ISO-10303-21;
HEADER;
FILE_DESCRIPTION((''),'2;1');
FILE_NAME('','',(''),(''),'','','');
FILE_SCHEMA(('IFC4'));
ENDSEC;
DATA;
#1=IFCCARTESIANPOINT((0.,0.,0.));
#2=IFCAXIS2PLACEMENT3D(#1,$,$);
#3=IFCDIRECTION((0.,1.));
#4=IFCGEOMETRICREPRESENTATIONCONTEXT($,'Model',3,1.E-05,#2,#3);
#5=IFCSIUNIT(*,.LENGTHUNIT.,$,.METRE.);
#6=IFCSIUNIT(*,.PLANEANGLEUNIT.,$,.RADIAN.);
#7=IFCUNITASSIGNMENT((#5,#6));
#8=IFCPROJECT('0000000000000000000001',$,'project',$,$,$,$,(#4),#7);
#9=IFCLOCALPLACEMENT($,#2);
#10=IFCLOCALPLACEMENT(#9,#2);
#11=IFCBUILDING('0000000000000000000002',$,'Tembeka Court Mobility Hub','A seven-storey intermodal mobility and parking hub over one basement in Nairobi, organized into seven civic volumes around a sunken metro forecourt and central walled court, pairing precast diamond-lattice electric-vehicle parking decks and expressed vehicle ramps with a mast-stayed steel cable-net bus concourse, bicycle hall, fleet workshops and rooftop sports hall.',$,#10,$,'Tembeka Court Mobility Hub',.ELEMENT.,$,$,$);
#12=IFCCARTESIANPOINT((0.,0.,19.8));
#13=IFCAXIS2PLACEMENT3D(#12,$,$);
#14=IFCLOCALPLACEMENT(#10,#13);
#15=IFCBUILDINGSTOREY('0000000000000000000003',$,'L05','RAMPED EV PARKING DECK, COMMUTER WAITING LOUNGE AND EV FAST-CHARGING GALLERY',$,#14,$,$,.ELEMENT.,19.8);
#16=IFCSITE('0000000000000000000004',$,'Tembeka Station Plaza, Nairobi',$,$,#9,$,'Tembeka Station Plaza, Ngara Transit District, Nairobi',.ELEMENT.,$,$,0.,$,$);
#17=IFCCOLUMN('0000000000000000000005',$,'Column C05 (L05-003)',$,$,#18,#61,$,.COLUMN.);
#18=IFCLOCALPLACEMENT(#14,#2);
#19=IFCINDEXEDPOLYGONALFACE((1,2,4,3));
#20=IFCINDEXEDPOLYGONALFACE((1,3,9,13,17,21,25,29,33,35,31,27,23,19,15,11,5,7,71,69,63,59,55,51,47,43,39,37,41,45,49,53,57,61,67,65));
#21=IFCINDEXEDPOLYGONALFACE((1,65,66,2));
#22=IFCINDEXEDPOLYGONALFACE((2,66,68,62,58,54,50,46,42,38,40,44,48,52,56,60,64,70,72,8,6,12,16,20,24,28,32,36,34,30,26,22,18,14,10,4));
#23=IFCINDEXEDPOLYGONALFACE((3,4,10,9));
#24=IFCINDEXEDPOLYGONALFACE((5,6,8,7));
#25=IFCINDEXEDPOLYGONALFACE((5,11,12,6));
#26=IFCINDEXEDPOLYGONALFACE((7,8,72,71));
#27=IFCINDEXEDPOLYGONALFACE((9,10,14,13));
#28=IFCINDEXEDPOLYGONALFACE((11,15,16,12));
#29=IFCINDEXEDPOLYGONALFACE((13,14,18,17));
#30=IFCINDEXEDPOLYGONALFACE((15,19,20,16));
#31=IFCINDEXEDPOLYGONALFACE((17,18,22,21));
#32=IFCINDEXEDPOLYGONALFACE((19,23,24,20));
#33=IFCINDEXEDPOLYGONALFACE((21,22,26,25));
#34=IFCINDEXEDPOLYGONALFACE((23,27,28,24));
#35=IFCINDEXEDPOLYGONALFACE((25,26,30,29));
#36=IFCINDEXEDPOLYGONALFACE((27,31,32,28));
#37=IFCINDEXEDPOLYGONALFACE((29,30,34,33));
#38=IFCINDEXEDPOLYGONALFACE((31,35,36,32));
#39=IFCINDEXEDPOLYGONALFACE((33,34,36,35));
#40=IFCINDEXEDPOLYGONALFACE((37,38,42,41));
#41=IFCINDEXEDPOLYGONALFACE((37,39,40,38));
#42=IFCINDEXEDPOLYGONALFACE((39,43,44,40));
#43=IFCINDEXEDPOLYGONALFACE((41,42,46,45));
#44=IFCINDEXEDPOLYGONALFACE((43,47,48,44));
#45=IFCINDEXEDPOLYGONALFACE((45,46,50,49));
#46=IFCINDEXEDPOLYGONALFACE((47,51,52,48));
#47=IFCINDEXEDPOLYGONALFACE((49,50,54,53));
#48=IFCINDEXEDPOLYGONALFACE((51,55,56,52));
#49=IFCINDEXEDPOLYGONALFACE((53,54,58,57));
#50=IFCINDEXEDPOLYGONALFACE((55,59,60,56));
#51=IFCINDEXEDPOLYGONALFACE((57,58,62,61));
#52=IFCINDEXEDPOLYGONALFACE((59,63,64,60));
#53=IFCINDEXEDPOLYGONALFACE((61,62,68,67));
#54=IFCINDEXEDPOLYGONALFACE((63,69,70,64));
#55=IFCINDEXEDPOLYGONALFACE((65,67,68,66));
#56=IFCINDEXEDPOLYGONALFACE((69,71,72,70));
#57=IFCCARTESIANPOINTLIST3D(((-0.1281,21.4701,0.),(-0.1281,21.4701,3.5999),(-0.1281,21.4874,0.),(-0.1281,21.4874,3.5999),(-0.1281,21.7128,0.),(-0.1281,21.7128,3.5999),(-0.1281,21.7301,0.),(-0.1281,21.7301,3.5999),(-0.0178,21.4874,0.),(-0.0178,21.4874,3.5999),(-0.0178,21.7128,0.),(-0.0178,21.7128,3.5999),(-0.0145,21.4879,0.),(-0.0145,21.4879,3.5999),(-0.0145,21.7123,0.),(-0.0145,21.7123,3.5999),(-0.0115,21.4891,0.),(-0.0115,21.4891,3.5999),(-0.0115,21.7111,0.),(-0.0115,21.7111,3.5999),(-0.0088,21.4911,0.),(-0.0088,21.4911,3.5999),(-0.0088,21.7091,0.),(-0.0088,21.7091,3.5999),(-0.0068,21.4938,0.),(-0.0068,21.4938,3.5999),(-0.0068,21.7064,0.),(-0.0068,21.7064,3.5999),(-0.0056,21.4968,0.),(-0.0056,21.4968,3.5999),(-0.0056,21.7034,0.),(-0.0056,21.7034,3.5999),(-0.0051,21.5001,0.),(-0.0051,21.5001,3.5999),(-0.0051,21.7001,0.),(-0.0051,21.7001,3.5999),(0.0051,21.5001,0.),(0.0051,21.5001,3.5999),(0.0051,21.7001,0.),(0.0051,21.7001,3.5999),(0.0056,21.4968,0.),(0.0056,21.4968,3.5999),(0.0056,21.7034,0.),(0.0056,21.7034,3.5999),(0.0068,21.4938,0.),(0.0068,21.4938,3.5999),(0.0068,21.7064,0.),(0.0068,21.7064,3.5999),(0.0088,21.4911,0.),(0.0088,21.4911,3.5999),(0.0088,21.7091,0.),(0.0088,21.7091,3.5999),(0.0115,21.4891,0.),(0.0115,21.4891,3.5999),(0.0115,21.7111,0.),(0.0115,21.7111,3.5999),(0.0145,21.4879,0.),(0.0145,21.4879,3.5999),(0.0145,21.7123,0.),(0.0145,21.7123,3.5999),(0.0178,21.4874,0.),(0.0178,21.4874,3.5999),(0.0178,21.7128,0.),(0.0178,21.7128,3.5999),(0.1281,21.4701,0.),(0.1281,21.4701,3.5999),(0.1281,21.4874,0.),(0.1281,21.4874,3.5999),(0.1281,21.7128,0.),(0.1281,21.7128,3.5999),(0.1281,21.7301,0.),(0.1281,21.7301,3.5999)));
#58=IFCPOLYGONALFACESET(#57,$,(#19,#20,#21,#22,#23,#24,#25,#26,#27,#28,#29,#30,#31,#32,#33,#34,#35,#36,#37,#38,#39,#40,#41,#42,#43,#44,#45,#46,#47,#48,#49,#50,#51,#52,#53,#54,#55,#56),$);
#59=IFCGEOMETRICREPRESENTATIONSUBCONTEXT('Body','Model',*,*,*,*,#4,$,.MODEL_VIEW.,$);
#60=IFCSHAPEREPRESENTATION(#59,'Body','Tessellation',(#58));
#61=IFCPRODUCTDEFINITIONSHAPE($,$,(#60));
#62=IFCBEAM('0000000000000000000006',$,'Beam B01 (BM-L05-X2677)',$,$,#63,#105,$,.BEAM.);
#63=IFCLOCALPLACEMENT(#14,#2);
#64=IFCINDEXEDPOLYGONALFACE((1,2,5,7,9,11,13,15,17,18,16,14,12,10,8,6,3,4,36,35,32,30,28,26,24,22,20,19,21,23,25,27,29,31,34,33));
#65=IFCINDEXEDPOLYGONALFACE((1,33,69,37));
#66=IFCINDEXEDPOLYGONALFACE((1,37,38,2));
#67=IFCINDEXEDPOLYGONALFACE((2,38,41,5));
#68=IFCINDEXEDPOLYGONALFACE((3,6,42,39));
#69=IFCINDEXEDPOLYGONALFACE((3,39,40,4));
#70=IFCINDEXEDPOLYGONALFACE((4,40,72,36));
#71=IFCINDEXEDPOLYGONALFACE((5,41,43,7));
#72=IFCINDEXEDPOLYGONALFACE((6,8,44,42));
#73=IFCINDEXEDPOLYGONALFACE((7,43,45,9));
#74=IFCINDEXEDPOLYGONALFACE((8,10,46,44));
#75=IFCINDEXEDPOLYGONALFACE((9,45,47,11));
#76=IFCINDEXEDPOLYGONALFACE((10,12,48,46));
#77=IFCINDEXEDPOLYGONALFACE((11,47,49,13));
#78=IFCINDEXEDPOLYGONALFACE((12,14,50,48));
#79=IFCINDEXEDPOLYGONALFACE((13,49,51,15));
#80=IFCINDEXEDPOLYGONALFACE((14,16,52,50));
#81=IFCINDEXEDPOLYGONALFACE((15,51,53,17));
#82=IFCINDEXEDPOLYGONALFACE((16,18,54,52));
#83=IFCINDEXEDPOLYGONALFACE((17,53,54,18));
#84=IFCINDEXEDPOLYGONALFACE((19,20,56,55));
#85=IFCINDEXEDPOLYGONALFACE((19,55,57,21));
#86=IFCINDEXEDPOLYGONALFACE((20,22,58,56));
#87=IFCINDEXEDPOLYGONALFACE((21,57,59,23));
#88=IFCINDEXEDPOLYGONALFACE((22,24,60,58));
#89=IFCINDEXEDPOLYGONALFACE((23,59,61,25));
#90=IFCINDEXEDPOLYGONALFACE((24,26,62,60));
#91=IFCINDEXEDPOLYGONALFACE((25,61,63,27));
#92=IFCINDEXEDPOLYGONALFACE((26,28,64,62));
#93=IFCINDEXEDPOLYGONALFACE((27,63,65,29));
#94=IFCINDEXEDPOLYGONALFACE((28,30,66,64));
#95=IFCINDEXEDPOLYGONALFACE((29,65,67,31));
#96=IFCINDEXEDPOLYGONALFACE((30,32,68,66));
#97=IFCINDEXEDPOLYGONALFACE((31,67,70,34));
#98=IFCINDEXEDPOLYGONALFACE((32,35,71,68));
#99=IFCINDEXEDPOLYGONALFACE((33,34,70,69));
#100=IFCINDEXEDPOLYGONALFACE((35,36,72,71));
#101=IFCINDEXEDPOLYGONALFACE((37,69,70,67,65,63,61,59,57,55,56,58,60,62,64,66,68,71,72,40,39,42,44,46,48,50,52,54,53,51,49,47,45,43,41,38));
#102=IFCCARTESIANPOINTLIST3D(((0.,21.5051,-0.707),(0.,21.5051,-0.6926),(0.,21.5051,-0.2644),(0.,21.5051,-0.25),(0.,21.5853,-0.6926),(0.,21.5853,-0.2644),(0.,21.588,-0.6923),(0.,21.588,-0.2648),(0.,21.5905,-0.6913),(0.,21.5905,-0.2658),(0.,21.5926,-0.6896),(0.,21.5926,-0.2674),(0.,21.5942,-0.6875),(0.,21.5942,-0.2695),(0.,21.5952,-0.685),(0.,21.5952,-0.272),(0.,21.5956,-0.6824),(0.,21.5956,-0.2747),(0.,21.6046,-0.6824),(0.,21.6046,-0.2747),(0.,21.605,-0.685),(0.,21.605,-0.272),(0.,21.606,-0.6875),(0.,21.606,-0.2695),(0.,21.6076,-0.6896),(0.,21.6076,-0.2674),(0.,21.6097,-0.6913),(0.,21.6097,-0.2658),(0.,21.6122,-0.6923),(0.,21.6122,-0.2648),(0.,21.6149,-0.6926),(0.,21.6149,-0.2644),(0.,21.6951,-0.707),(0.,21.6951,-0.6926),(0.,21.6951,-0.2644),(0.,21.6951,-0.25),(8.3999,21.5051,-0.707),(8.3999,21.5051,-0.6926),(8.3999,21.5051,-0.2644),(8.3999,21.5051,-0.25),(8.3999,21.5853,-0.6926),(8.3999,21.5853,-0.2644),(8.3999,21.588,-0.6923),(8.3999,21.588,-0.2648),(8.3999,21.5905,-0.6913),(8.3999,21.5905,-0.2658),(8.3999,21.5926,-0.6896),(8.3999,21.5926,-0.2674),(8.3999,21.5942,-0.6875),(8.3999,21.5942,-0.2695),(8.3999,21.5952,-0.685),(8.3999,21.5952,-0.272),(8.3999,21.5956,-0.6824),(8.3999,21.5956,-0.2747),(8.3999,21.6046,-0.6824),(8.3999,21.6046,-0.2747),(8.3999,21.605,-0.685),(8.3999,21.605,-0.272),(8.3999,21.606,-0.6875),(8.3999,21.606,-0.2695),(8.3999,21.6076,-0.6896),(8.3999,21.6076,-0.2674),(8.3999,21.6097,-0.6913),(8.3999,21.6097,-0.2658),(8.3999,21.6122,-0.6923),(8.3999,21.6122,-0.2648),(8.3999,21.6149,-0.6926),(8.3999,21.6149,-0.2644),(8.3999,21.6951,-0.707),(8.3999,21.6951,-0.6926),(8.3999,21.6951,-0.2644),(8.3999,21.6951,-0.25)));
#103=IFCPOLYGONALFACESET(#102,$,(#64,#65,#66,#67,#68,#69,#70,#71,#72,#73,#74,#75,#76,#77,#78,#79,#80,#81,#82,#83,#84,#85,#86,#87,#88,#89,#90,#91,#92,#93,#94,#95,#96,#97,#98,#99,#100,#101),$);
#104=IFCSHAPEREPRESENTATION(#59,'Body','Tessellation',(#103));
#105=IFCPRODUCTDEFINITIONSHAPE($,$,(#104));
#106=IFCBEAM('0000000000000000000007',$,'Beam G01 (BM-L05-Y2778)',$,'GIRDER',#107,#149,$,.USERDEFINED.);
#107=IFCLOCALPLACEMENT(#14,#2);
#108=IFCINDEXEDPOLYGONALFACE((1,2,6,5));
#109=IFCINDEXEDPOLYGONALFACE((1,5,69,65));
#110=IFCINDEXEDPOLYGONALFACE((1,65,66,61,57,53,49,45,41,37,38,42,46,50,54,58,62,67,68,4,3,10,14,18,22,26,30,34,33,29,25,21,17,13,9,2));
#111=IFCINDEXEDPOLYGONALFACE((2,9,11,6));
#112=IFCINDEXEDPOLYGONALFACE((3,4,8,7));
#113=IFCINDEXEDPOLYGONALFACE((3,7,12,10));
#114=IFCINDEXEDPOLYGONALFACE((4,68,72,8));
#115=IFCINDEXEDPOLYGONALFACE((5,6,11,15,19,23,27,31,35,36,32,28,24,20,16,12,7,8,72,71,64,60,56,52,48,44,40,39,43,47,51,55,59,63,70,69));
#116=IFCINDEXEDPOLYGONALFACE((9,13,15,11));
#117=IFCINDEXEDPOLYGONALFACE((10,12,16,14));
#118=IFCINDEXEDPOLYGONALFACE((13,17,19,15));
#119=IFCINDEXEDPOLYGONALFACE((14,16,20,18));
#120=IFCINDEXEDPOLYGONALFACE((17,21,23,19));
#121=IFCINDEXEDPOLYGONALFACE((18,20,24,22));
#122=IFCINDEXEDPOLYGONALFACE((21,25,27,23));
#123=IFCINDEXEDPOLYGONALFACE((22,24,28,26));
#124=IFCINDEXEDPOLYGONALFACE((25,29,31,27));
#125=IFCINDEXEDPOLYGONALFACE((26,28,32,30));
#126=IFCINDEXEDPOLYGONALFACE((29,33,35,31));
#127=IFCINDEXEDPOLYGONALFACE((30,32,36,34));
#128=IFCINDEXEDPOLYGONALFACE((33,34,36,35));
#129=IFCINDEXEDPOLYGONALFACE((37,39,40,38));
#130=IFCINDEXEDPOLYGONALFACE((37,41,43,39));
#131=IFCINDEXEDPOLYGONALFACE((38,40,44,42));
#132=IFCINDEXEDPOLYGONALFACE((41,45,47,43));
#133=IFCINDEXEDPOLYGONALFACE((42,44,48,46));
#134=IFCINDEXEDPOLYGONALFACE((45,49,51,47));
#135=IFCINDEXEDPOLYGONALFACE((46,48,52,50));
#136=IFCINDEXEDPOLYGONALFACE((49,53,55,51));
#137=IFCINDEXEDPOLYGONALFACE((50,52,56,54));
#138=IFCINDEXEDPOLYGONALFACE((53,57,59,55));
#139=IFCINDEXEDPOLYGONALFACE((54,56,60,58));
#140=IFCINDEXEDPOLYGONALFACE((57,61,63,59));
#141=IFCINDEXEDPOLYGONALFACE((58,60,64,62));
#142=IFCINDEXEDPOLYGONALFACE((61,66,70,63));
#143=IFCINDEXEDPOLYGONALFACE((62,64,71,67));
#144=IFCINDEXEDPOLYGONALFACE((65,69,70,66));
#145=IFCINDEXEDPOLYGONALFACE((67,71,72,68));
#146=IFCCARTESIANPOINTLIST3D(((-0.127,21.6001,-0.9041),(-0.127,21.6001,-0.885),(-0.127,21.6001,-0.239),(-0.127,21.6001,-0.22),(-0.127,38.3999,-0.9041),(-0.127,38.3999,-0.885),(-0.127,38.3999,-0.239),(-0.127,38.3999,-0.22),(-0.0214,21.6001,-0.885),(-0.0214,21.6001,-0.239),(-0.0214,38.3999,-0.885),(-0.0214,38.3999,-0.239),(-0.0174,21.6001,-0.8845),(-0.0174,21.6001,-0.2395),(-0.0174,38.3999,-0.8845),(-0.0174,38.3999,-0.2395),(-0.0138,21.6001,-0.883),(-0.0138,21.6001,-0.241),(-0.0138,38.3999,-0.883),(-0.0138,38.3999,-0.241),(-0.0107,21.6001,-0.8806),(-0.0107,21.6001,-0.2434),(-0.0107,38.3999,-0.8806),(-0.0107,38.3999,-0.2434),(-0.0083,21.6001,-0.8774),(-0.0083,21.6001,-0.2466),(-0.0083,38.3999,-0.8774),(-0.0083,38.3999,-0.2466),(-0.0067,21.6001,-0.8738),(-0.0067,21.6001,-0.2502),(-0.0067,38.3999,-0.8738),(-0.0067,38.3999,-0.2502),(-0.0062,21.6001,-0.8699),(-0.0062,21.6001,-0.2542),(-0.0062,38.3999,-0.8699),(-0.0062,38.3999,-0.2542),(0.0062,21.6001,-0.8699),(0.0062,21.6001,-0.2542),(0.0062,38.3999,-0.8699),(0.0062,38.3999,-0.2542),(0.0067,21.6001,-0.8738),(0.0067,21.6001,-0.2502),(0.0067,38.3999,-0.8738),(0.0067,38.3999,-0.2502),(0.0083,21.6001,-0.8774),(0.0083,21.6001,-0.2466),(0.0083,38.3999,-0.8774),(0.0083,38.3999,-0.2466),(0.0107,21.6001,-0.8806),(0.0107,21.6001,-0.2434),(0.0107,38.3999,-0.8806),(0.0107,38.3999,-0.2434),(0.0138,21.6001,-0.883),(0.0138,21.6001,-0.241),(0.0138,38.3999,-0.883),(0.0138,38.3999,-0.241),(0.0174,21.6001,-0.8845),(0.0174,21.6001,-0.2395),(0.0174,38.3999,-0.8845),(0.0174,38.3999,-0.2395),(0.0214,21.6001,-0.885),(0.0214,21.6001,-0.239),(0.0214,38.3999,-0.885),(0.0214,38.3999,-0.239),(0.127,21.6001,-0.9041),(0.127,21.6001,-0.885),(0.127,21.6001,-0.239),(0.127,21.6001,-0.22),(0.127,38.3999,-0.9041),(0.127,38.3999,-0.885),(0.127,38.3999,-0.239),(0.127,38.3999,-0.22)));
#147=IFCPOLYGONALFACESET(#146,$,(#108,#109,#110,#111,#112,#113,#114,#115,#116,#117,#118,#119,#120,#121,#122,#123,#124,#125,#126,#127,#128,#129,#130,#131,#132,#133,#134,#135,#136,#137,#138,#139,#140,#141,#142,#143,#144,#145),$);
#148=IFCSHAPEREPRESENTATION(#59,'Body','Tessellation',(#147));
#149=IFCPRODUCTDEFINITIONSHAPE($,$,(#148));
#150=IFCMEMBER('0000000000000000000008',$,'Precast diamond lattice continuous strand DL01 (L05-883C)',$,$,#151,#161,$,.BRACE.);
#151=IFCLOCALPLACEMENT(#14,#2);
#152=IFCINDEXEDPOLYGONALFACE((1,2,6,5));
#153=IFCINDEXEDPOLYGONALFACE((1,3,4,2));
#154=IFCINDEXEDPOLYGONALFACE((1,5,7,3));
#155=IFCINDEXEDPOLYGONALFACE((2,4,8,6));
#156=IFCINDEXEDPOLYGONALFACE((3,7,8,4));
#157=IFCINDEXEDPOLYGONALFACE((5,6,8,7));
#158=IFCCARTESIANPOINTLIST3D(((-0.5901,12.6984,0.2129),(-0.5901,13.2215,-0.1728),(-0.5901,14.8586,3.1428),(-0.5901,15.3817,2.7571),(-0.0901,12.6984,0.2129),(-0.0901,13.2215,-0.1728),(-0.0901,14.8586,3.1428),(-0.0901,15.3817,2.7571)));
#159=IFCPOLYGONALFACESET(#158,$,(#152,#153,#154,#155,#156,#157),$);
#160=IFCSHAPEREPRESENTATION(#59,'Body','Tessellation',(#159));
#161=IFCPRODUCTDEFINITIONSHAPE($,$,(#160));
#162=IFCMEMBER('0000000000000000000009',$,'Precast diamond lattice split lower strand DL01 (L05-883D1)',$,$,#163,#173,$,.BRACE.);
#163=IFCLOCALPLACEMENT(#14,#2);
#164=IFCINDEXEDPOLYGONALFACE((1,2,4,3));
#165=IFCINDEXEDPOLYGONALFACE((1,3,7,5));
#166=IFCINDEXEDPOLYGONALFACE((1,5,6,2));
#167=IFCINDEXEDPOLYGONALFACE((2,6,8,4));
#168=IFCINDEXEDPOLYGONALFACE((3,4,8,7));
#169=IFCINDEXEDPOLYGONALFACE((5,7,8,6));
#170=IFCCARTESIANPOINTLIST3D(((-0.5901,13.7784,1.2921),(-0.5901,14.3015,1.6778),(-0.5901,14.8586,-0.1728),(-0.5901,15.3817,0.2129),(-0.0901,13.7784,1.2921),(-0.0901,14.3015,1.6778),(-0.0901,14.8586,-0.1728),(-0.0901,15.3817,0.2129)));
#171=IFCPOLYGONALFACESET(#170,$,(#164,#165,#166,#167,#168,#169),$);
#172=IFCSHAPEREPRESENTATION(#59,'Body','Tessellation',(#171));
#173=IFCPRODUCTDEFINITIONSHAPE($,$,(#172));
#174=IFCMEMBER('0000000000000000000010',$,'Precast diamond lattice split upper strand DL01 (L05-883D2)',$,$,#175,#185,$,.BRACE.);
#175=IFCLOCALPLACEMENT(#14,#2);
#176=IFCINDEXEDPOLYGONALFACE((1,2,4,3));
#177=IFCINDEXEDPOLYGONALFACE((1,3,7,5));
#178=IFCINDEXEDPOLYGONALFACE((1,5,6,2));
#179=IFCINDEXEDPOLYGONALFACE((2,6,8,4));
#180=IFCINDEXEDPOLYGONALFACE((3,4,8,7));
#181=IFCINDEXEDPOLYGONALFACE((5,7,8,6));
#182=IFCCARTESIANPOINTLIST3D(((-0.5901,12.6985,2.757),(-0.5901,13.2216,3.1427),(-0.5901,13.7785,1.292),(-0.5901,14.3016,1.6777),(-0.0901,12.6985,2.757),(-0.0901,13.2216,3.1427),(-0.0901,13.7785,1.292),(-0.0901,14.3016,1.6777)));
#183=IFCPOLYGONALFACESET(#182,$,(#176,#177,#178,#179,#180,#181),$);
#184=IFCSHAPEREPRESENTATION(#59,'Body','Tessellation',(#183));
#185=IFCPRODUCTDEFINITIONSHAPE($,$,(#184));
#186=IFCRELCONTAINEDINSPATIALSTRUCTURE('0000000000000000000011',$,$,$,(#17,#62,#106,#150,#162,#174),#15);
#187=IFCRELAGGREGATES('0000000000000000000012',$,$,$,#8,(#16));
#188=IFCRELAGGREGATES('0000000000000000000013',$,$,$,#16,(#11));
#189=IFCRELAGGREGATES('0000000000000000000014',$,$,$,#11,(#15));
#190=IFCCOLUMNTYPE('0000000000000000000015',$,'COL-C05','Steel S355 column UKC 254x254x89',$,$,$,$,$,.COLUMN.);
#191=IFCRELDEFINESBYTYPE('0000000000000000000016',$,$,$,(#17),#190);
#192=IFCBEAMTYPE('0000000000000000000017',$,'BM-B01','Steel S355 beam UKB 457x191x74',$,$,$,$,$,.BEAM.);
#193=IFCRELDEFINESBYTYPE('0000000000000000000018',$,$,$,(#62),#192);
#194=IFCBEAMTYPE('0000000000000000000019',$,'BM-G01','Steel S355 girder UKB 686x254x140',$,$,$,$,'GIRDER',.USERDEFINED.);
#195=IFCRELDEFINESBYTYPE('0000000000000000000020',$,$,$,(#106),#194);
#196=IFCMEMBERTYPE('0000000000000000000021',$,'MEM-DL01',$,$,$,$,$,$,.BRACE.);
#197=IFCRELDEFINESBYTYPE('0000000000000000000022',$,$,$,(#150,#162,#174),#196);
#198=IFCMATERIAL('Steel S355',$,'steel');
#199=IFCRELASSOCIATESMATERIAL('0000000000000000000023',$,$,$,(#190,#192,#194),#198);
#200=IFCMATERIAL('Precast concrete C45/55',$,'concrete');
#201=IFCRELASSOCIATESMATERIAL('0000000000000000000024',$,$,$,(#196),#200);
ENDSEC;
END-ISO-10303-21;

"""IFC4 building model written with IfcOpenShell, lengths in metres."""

from ifc_helpers import new_model, si_unit, direction, frame, origin, origin_2d, place, context, subcontext, project, spatial, rectangle, i_section, extrude, material, material_profile, profile_set, type_object, element, save


model = new_model("IFC4")

# Units and contexts
model_context = context("Model", 3, precision=1e-05, world=origin(), true_north=direction((0.0, 1.0)))
body_context = subcontext(model_context, "Body", "Model", "MODEL_VIEW")
ifc_project = project(units=[si_unit("LENGTHUNIT", "METRE"), si_unit("PLANEANGLEUNIT", "RADIAN")], contexts=[model_context])

# Site, building, storey
site_placement = place(None, origin())
site = spatial("IfcSite", under=ifc_project, at=site_placement, Name="Tembeka Station Plaza, Nairobi", LongName="Tembeka Station Plaza, Ngara Transit District, Nairobi", CompositionType="ELEMENT", RefElevation=0.0)
building_placement = place(site_placement, origin())
building = spatial("IfcBuilding", under=site, at=building_placement, Name="Tembeka Court Mobility Hub", Description="A seven-storey intermodal mobility and parking hub over one basement in Nairobi, organized into seven civic volumes around a sunken metro forecourt and central walled court, pairing precast diamond-lattice electric-vehicle parking decks and expressed vehicle ramps with a mast-stayed steel cable-net bus concourse, bicycle hall, fleet workshops and rooftop sports hall.", LongName="Tembeka Court Mobility Hub", CompositionType="ELEMENT")
storey_placement = place(building_placement, frame((0.0, 0.0, 19.8)))
storey = spatial("IfcBuildingStorey", under=building, at=storey_placement, Name="L05", Description="RAMPED EV PARKING DECK, COMMUTER WAITING LOUNGE AND EV FAST-CHARGING GALLERY", CompositionType="ELEMENT", Elevation=19.8)

# Column
ifc_material_1 = material(Name="Steel S355", Category="steel")
ifc_material_profile_1 = material_profile(ifc_material_1, i_section(OverallWidth=0.2561, OverallDepth=0.26, WebThickness=0.0103, FlangeThickness=0.0173, FilletRadius=0.0127, at=origin_2d()), Name="UKC 254x254x89")
ifc_profile_set_1 = profile_set([ifc_material_profile_1], Name="Steel S355")
column_type = type_object("IfcColumnType", Name="COL-C05", Description="Steel S355 column UKC 254x254x89", PredefinedType="COLUMN", material=ifc_profile_set_1)
column_placement = place(storey_placement, frame((0.0, 21.6001, 0.0), z_axis=(0.0, 0.0, 1.0), x_axis=(1.0, 0.0, 0.0)))
element("IfcColumn", 1, at=column_placement, inside=storey, type_object=column_type, Name="Column C05 (L05-003)", PredefinedType="COLUMN", context=body_context, shape_type="SweptSolid", body=[
    extrude(i_section(OverallWidth=0.2561, OverallDepth=0.26, WebThickness=0.0103, FlangeThickness=0.0173, FilletRadius=0.0127, at=origin_2d()), origin(), (0.0, 0.0, 1.0), 3.5999),
])

# Beams
ifc_material_profile_2 = material_profile(ifc_material_1, i_section(OverallWidth=0.1899, OverallDepth=0.457, WebThickness=0.009, FlangeThickness=0.0144, FilletRadius=0.0103, at=origin_2d()), Name="UKB 457x191x74")
ifc_profile_set_2 = profile_set([ifc_material_profile_2], Name="Steel S355")
beam_type_1 = type_object("IfcBeamType", Name="BM-B01", Description="Steel S355 beam UKB 457x191x74", PredefinedType="BEAM", material=ifc_profile_set_2)
beam_1_placement = place(storey_placement, frame((0.0, 21.6001, -0.4785), z_axis=(1.0, 0.0, 0.0), x_axis=(0.0, 1.0, 0.0)))
element("IfcBeam", 2, at=beam_1_placement, inside=storey, type_object=beam_type_1, Name="Beam B01 (BM-L05-X2677)", PredefinedType="BEAM", context=body_context, shape_type="SweptSolid", body=[
    extrude(i_section(OverallWidth=0.1899, OverallDepth=0.457, WebThickness=0.009, FlangeThickness=0.0144, FilletRadius=0.0103, at=origin_2d()), origin(), (0.0, 0.0, 1.0), 8.3999),
])
ifc_material_profile_3 = material_profile(ifc_material_1, i_section(OverallWidth=0.2539, OverallDepth=0.6841, WebThickness=0.0125, FlangeThickness=0.019, FilletRadius=0.0151, at=origin_2d()), Name="UKB 686x254x140")
ifc_profile_set_3 = profile_set([ifc_material_profile_3], Name="Steel S355")
beam_type_2 = type_object("IfcBeamType", Name="BM-G01", Description="Steel S355 girder UKB 686x254x140", ElementType="GIRDER", PredefinedType="USERDEFINED", material=ifc_profile_set_3)
beam_2_placement = place(storey_placement, frame((0.0, 21.6001, -0.562), z_axis=(0.0, 1.0, 0.0), x_axis=(-1.0, 0.0, 0.0)))
element("IfcBeam", 3, at=beam_2_placement, inside=storey, type_object=beam_type_2, Name="Beam G01 (BM-L05-Y2778)", ObjectType="GIRDER", PredefinedType="USERDEFINED", context=body_context, shape_type="SweptSolid", body=[
    extrude(i_section(OverallWidth=0.2539, OverallDepth=0.6841, WebThickness=0.0125, FlangeThickness=0.019, FilletRadius=0.0151, at=origin_2d()), origin(), (0.0, 0.0, 1.0), 16.7998),
])

# Members
ifc_material_2 = material(Name="Precast concrete C45/55", Category="concrete")
ifc_material_profile_4 = material_profile(ifc_material_2, rectangle(XDim=0.5, YDim=0.6499, at=origin_2d()), Name="PC-DIAG 500x650")
ifc_profile_set_4 = profile_set([ifc_material_profile_4], Name="Precast concrete C45/55")
member_type_1 = type_object("IfcMemberType", Name="MEM-DL01", PredefinedType="BRACE", material=ifc_profile_set_4)
member_1_placement = place(storey_placement, frame((-0.3401, 12.96, 0.02), z_axis=(0.0, 0.593423, 0.804891), x_axis=(-1.0, 0.0, 0.0)))
element("IfcMember", 4, at=member_1_placement, inside=storey, type_object=member_type_1, Name="Precast diamond lattice continuous strand DL01 (L05-883C)", PredefinedType="BRACE", context=body_context, shape_type="SweptSolid", body=[
    extrude(rectangle(XDim=0.5, YDim=0.6499, at=origin_2d()), origin(), (0.0, 0.0, 1.0), 3.6401),
])
for number, where, z_axis, x_axis, name in (
    (5, (-0.3401, 15.1201, 0.02), (0.0, -0.593455, 0.804867), (1.0, 0.0, 0.0), "Precast diamond lattice split lower strand DL01 (L05-883D1)"),
    (6, (-0.3401, 14.04, 1.4849), (0.0, -0.593391, 0.804914), (1.0, 0.0, 0.0), "Precast diamond lattice split upper strand DL01 (L05-883D2)"),
):
    element("IfcMember", number, at=place(storey_placement, frame(where, z_axis=z_axis, x_axis=x_axis)), inside=storey, type_object=member_type_1, Name=name, PredefinedType="BRACE", context=body_context, shape_type="SweptSolid", body=[
        extrude(rectangle(XDim=0.5, YDim=0.6499, at=origin_2d()), origin(), (0.0, 0.0, 1.0), 1.8201),
    ])

save(model, "model.ifc")
